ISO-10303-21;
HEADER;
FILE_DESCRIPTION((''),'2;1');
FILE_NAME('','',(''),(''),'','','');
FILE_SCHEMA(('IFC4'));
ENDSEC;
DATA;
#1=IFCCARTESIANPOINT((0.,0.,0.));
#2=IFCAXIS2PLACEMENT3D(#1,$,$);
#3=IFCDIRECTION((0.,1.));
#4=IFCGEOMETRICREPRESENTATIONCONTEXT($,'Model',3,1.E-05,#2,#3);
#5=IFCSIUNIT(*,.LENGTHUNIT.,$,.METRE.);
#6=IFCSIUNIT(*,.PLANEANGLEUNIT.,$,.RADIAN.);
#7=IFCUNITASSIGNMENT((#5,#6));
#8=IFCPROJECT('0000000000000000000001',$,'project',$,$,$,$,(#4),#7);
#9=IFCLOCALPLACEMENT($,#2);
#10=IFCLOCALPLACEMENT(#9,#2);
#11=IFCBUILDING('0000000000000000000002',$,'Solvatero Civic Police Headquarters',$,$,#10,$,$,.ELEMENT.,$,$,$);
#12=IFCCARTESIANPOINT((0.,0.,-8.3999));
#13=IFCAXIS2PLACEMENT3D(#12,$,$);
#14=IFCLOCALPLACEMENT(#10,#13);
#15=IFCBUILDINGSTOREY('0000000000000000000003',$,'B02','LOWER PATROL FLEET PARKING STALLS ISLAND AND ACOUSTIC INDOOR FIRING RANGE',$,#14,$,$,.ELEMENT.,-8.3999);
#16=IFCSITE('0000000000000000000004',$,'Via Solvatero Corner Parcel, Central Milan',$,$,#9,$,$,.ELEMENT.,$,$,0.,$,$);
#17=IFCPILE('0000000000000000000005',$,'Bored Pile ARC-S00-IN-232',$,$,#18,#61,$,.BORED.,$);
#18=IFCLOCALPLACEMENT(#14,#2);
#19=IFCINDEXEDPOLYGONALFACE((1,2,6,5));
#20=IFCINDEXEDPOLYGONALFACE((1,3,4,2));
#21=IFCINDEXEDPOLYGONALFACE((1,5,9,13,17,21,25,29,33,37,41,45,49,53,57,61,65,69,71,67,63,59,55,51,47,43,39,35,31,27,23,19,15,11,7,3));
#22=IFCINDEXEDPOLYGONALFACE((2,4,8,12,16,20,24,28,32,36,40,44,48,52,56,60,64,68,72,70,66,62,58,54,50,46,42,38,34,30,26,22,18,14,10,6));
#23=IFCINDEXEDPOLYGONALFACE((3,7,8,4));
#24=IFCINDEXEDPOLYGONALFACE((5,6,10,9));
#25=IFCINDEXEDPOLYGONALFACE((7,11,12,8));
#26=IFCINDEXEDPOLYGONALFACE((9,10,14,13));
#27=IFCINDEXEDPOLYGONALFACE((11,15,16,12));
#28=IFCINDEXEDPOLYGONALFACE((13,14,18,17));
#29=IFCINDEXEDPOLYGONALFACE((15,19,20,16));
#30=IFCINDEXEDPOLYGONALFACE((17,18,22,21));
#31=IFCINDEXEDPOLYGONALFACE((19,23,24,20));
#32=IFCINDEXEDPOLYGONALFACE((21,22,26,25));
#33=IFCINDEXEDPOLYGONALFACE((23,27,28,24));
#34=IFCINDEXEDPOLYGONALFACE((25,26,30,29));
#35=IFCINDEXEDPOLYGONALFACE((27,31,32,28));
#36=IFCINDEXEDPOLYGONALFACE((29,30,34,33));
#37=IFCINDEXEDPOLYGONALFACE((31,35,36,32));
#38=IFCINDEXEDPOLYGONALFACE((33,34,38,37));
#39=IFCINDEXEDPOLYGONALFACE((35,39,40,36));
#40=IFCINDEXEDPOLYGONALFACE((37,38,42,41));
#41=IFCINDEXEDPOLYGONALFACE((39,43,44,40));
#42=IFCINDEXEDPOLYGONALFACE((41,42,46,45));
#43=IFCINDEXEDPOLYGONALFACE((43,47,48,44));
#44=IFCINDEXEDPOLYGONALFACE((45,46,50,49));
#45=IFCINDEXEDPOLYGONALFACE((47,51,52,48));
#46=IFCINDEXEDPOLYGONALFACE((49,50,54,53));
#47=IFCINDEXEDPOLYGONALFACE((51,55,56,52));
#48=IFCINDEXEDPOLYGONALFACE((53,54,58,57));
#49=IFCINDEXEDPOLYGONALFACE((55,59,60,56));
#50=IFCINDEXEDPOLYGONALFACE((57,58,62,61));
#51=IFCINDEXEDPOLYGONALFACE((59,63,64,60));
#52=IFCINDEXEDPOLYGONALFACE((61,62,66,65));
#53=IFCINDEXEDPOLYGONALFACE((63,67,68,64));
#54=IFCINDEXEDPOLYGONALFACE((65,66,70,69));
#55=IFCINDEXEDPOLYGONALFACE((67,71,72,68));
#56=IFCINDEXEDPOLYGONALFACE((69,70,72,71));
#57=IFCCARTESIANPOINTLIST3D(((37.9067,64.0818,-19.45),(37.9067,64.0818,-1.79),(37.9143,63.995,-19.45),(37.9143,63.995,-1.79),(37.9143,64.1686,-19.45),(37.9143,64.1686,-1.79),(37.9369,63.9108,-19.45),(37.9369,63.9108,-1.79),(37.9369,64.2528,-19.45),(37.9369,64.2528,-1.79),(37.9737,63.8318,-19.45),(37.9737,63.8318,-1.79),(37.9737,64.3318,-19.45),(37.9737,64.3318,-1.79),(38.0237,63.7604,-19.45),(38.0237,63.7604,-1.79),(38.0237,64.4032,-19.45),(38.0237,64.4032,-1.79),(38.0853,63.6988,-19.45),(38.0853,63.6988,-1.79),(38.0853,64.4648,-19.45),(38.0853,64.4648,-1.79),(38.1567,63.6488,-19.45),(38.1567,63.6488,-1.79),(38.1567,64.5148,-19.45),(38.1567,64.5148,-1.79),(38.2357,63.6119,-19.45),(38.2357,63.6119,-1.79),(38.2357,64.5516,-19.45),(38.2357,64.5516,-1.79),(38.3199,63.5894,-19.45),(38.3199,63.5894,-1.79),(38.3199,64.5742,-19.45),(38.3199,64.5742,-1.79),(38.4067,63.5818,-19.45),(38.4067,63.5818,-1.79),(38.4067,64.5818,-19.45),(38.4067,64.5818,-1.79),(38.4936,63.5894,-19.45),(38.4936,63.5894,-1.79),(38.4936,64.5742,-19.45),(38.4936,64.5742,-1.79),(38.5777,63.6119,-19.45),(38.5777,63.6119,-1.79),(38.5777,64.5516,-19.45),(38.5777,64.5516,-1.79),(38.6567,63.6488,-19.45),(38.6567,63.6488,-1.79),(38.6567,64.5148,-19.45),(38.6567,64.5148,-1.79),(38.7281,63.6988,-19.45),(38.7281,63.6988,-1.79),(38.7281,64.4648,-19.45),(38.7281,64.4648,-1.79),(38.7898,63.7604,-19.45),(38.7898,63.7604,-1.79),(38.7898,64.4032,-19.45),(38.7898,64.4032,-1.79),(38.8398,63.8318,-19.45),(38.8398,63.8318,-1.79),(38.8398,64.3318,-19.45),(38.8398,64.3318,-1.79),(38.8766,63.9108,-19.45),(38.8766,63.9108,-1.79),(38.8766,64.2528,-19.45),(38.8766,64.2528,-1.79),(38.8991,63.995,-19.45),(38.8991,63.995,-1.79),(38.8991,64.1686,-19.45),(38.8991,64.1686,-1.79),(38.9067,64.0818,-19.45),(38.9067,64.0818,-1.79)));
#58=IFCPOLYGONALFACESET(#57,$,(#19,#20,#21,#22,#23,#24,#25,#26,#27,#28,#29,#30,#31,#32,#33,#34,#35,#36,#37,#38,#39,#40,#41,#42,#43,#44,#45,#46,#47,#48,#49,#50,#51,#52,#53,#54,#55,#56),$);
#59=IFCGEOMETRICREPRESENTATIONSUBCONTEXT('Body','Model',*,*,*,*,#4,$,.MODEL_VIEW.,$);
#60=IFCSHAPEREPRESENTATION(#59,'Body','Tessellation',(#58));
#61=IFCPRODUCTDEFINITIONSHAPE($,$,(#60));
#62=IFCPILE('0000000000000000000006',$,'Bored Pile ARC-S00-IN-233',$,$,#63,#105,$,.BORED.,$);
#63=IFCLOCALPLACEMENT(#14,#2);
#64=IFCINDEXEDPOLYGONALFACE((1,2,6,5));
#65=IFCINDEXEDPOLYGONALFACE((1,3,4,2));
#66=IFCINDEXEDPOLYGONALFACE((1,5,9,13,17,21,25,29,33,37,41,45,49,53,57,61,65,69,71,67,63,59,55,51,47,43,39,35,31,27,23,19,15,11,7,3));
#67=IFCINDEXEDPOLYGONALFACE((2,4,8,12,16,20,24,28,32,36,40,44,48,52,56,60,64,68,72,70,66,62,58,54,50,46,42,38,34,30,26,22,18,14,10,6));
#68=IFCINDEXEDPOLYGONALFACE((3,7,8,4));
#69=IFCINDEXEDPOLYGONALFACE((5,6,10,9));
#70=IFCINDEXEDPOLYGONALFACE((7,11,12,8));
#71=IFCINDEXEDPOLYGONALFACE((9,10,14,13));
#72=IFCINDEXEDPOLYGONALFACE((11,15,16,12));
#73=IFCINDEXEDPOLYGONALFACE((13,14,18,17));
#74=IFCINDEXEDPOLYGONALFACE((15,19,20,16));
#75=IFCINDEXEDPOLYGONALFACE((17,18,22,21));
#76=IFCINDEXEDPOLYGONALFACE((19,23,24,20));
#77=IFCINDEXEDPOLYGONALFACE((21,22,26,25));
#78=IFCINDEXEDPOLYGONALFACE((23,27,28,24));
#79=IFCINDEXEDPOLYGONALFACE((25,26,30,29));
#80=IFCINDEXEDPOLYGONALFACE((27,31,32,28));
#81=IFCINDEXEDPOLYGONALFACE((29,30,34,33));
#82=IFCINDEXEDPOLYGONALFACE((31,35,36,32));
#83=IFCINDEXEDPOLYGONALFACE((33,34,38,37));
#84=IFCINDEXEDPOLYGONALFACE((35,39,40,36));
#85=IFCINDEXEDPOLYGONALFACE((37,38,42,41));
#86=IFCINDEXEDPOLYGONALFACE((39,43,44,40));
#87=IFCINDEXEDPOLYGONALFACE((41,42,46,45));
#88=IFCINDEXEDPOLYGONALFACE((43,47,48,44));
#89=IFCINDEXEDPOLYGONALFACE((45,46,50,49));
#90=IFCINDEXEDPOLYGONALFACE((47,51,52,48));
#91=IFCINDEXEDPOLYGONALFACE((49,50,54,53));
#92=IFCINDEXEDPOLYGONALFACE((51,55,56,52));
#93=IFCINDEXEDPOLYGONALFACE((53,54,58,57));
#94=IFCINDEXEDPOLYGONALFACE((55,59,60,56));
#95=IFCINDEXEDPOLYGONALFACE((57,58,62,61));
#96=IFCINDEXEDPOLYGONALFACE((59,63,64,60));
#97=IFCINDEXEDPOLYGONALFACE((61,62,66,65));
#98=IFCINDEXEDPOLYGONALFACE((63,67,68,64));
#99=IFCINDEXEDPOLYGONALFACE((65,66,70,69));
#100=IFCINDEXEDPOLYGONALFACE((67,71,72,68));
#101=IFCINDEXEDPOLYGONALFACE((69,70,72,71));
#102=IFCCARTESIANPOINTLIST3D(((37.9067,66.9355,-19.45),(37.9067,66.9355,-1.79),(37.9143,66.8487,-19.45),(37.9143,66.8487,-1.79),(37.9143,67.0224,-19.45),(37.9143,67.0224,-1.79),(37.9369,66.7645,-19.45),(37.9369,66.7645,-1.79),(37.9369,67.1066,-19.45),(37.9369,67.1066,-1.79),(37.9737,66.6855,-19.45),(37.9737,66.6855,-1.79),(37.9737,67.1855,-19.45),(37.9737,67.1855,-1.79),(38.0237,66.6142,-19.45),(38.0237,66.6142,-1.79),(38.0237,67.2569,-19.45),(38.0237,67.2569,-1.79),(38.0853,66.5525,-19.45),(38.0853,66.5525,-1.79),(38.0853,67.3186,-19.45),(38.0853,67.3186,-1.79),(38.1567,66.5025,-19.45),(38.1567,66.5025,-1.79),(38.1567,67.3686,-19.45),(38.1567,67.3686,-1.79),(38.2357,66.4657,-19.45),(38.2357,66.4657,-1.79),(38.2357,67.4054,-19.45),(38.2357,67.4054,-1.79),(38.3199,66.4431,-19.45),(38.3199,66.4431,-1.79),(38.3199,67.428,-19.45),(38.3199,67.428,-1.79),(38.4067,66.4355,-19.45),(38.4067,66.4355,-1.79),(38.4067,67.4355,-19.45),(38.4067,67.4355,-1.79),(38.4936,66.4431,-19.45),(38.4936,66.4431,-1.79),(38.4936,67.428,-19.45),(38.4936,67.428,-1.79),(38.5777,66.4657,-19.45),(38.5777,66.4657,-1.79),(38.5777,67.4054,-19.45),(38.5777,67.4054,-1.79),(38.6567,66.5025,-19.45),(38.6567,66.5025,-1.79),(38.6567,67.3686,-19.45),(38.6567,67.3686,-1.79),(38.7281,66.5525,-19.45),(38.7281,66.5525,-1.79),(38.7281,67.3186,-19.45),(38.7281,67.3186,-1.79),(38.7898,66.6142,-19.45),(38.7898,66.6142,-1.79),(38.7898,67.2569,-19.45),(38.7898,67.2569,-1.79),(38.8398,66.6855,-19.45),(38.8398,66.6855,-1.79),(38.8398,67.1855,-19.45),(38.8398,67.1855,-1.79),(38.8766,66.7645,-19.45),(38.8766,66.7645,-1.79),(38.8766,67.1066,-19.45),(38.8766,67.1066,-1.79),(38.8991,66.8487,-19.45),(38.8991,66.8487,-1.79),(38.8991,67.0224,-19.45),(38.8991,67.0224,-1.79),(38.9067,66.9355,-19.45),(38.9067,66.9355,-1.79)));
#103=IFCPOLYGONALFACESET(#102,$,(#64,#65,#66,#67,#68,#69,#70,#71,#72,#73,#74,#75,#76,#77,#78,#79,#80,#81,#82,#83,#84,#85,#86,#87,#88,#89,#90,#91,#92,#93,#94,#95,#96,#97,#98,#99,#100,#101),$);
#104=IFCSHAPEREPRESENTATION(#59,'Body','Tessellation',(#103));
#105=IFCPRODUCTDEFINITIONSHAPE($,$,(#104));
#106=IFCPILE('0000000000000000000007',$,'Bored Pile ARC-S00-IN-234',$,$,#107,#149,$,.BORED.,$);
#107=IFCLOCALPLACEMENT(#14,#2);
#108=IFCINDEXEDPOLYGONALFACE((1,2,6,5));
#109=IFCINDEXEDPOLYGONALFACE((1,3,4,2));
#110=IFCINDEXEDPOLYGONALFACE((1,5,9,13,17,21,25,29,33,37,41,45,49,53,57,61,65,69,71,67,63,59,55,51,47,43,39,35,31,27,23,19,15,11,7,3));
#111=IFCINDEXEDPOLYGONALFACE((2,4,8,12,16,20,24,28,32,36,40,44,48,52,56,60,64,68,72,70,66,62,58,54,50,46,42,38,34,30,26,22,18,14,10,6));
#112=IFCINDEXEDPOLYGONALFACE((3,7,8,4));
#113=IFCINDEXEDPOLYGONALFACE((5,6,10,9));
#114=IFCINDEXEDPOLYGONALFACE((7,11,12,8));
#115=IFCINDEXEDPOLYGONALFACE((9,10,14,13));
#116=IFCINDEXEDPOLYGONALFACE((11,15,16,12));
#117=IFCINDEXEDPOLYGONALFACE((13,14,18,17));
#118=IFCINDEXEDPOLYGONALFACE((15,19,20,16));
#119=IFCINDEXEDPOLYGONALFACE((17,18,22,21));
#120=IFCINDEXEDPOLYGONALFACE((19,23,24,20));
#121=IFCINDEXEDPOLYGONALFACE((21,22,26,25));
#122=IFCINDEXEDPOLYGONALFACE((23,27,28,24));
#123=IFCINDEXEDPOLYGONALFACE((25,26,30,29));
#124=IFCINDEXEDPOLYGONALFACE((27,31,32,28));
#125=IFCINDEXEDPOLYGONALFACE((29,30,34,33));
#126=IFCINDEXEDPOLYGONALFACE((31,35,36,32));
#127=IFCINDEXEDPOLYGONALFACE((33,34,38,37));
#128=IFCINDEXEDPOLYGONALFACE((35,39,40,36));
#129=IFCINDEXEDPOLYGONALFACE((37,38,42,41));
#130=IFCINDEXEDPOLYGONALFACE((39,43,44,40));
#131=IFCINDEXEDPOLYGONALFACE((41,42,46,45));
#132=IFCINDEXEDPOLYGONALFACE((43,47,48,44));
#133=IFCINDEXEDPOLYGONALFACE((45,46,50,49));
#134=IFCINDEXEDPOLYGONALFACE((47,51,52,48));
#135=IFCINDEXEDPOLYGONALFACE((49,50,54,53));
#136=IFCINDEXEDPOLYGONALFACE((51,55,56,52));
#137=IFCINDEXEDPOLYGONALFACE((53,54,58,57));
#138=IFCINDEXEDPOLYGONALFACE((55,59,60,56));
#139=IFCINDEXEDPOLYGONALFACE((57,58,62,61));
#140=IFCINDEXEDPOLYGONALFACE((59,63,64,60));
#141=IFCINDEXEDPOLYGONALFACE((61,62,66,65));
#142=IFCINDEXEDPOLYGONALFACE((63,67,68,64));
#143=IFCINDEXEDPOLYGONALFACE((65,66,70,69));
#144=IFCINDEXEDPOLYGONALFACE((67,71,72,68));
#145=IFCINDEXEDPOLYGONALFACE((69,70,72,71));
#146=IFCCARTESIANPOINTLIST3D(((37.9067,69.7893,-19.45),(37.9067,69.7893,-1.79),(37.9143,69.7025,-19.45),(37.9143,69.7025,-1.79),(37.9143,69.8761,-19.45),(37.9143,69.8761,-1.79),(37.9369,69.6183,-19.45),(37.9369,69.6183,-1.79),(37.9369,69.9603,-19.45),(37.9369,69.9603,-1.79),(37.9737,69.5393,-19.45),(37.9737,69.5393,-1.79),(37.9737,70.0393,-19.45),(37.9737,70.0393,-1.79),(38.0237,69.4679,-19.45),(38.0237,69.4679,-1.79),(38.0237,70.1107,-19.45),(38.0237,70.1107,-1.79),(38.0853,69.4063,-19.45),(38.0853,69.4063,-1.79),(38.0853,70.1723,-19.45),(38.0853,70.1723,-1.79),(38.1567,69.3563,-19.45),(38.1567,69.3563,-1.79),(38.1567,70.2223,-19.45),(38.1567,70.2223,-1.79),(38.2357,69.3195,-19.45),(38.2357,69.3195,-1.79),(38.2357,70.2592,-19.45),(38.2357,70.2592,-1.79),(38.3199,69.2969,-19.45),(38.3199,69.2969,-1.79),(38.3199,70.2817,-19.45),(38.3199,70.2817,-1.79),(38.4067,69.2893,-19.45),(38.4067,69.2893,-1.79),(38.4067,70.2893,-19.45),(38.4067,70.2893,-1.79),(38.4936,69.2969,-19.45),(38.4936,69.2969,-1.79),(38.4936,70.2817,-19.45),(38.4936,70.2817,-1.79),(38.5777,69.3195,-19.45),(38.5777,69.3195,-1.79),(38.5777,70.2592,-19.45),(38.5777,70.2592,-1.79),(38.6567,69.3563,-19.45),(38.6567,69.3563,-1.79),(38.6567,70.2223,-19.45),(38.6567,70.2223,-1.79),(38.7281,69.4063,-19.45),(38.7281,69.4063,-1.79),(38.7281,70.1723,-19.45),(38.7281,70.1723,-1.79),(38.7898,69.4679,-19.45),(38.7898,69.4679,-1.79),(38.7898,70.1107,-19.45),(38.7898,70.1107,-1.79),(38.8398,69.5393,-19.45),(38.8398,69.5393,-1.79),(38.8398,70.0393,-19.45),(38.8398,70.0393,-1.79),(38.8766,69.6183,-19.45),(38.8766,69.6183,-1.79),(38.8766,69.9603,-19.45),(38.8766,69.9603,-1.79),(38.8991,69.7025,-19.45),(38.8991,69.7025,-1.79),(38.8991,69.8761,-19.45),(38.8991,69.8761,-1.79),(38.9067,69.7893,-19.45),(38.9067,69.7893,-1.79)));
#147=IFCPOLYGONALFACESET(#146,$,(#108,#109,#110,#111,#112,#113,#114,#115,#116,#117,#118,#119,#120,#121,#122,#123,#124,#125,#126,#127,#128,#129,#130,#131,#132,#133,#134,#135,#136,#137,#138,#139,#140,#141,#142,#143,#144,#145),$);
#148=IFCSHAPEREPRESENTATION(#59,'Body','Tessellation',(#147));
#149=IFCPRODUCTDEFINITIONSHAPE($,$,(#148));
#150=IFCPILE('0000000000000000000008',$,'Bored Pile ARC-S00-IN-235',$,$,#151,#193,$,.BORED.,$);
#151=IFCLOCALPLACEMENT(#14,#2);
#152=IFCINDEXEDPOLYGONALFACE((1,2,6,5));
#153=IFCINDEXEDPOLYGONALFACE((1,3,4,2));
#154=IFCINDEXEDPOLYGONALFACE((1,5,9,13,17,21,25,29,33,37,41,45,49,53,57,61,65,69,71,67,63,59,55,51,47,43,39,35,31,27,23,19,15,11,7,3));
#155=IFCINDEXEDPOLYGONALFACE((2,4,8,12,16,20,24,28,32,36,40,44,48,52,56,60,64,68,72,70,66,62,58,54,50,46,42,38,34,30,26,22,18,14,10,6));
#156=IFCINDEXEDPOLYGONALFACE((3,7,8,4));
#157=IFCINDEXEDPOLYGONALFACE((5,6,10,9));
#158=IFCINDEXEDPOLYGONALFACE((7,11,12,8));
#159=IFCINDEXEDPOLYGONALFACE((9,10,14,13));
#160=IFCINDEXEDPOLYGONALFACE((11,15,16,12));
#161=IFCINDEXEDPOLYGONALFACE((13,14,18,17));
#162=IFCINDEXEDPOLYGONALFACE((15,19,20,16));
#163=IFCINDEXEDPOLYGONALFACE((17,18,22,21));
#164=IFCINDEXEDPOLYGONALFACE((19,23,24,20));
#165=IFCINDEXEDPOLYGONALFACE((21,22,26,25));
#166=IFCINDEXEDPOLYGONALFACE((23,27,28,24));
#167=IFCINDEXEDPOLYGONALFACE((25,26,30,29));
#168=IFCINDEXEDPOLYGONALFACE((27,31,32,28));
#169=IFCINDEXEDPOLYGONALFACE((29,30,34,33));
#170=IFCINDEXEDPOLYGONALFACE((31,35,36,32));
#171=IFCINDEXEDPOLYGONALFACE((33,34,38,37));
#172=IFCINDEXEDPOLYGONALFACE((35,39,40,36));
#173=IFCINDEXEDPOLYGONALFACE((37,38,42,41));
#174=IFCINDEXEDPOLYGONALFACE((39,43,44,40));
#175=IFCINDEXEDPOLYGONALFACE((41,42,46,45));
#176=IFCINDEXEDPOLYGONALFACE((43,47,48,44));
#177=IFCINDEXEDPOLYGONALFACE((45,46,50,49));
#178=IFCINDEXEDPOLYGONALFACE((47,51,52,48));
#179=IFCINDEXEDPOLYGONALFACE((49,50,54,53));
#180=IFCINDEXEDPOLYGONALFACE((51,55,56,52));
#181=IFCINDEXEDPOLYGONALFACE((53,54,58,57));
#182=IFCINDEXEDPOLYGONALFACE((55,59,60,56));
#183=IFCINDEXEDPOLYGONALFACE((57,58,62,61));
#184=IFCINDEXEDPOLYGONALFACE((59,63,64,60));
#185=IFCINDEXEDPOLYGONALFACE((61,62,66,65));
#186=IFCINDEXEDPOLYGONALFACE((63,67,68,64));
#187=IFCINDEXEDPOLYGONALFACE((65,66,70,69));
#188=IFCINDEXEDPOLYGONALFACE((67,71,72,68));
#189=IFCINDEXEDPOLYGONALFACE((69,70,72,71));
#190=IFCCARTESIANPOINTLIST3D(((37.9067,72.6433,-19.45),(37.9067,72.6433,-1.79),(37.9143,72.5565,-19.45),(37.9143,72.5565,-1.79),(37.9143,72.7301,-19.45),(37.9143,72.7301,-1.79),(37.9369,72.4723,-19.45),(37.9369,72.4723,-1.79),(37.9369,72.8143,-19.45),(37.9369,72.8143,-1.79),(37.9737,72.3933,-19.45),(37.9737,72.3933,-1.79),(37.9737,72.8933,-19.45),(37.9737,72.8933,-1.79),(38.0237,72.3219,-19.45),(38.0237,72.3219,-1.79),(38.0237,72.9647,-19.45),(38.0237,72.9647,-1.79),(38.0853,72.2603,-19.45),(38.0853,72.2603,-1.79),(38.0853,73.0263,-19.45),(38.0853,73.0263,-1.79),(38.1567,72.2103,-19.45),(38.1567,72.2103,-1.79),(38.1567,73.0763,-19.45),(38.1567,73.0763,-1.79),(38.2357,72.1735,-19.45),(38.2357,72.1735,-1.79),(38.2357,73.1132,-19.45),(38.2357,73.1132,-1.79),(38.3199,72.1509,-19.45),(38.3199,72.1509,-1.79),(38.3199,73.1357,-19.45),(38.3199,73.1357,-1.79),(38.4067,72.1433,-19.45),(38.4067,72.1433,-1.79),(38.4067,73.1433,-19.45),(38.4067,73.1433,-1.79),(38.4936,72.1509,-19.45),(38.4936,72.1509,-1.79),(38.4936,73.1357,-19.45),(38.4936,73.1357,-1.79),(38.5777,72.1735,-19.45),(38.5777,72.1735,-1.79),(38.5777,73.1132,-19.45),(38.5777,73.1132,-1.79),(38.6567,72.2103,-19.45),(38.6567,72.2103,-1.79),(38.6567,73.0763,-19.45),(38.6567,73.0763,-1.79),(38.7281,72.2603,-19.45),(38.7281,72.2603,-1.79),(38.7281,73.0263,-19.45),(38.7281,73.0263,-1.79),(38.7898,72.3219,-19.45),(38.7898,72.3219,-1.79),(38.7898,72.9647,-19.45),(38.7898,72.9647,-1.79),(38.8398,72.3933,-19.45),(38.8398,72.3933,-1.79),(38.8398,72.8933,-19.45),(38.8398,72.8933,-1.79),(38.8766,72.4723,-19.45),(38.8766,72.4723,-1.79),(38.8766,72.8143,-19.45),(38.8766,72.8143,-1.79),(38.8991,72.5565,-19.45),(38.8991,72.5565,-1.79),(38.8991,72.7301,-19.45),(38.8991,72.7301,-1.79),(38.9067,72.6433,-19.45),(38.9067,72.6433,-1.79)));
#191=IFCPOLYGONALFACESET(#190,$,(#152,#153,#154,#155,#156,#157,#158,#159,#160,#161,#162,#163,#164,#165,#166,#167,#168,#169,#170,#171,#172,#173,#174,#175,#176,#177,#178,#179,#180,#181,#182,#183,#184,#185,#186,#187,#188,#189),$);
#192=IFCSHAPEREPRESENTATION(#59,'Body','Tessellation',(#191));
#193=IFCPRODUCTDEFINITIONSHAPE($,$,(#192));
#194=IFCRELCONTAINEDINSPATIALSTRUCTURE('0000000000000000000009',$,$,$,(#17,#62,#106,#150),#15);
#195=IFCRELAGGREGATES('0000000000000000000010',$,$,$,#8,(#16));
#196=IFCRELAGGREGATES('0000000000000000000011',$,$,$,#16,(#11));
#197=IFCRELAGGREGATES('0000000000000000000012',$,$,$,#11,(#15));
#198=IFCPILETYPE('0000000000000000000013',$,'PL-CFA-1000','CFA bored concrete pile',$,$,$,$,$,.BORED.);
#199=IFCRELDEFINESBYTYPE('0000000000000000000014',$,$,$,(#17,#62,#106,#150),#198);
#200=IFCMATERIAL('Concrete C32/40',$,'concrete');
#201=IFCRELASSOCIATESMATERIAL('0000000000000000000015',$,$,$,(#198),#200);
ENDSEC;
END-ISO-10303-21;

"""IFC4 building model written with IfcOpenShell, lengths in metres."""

from ifc_helpers import new_model, si_unit, direction, frame, origin, origin_2d, place, context, subcontext, project, spatial, circle, extrude, material, material_profile, profile_set, type_object, element, save


model = new_model("IFC4")

# Units and contexts
model_context = context("Model", 3, precision=1e-05, world=origin(), true_north=direction((0.0, 1.0)))
body_context = subcontext(model_context, "Body", "Model", "MODEL_VIEW")
ifc_project = project(units=[si_unit("LENGTHUNIT", "METRE"), si_unit("PLANEANGLEUNIT", "RADIAN")], contexts=[model_context])

# Site, building, storey
site_placement = place(None, origin())
site = spatial("IfcSite", under=ifc_project, at=site_placement, Name="Via Solvatero Corner Parcel, Central Milan", CompositionType="ELEMENT", RefElevation=0.0)
building_placement = place(site_placement, origin())
building = spatial("IfcBuilding", under=site, at=building_placement, Name="Solvatero Civic Police Headquarters", CompositionType="ELEMENT")
storey_placement = place(building_placement, frame((0.0, 0.0, -8.3999)))
storey = spatial("IfcBuildingStorey", under=building, at=storey_placement, Name="B02", Description="LOWER PATROL FLEET PARKING STALLS ISLAND AND ACOUSTIC INDOOR FIRING RANGE", CompositionType="ELEMENT", Elevation=-8.3999)

# Piles
ifc_material_1 = material(Name="Concrete C32/40", Category="concrete")
ifc_material_profile_1 = material_profile(ifc_material_1, circle(Radius=0.5, at=origin_2d()), Name="CFA PILE D1000")
ifc_profile_set_1 = profile_set([ifc_material_profile_1], Name="Concrete C32/40")
pile_type = type_object("IfcPileType", Name="PL-CFA-1000", Description="CFA bored concrete pile", PredefinedType="BORED", material=ifc_profile_set_1)
for number, where, z_axis, x_axis, name in (
    (1, (38.4067, 64.0818, -1.79), (0.0, 0.0, -1.0), (1.0, 0.0, 0.0), "Bored Pile ARC-S00-IN-232"),
    (2, (38.4067, 66.9355, -1.79), (0.0, 0.0, -1.0), (1.0, 0.0, 0.0), "Bored Pile ARC-S00-IN-233"),
    (3, (38.4067, 69.7893, -1.79), (0.0, 0.0, -1.0), (1.0, 0.0, 0.0), "Bored Pile ARC-S00-IN-234"),
    (4, (38.4067, 72.6433, -1.79), (0.0, 0.0, -1.0), (1.0, 0.0, 0.0), "Bored Pile ARC-S00-IN-235"),
):
    element("IfcPile", number, at=place(storey_placement, frame(where, z_axis=z_axis, x_axis=x_axis)), inside=storey, type_object=pile_type, Name=name, PredefinedType="BORED", context=body_context, shape_type="SweptSolid", body=[
        extrude(circle(Radius=0.5, at=origin_2d()), origin(), (0.0, 0.0, 1.0), 17.6599),
    ])

save(model, "model.ifc")
